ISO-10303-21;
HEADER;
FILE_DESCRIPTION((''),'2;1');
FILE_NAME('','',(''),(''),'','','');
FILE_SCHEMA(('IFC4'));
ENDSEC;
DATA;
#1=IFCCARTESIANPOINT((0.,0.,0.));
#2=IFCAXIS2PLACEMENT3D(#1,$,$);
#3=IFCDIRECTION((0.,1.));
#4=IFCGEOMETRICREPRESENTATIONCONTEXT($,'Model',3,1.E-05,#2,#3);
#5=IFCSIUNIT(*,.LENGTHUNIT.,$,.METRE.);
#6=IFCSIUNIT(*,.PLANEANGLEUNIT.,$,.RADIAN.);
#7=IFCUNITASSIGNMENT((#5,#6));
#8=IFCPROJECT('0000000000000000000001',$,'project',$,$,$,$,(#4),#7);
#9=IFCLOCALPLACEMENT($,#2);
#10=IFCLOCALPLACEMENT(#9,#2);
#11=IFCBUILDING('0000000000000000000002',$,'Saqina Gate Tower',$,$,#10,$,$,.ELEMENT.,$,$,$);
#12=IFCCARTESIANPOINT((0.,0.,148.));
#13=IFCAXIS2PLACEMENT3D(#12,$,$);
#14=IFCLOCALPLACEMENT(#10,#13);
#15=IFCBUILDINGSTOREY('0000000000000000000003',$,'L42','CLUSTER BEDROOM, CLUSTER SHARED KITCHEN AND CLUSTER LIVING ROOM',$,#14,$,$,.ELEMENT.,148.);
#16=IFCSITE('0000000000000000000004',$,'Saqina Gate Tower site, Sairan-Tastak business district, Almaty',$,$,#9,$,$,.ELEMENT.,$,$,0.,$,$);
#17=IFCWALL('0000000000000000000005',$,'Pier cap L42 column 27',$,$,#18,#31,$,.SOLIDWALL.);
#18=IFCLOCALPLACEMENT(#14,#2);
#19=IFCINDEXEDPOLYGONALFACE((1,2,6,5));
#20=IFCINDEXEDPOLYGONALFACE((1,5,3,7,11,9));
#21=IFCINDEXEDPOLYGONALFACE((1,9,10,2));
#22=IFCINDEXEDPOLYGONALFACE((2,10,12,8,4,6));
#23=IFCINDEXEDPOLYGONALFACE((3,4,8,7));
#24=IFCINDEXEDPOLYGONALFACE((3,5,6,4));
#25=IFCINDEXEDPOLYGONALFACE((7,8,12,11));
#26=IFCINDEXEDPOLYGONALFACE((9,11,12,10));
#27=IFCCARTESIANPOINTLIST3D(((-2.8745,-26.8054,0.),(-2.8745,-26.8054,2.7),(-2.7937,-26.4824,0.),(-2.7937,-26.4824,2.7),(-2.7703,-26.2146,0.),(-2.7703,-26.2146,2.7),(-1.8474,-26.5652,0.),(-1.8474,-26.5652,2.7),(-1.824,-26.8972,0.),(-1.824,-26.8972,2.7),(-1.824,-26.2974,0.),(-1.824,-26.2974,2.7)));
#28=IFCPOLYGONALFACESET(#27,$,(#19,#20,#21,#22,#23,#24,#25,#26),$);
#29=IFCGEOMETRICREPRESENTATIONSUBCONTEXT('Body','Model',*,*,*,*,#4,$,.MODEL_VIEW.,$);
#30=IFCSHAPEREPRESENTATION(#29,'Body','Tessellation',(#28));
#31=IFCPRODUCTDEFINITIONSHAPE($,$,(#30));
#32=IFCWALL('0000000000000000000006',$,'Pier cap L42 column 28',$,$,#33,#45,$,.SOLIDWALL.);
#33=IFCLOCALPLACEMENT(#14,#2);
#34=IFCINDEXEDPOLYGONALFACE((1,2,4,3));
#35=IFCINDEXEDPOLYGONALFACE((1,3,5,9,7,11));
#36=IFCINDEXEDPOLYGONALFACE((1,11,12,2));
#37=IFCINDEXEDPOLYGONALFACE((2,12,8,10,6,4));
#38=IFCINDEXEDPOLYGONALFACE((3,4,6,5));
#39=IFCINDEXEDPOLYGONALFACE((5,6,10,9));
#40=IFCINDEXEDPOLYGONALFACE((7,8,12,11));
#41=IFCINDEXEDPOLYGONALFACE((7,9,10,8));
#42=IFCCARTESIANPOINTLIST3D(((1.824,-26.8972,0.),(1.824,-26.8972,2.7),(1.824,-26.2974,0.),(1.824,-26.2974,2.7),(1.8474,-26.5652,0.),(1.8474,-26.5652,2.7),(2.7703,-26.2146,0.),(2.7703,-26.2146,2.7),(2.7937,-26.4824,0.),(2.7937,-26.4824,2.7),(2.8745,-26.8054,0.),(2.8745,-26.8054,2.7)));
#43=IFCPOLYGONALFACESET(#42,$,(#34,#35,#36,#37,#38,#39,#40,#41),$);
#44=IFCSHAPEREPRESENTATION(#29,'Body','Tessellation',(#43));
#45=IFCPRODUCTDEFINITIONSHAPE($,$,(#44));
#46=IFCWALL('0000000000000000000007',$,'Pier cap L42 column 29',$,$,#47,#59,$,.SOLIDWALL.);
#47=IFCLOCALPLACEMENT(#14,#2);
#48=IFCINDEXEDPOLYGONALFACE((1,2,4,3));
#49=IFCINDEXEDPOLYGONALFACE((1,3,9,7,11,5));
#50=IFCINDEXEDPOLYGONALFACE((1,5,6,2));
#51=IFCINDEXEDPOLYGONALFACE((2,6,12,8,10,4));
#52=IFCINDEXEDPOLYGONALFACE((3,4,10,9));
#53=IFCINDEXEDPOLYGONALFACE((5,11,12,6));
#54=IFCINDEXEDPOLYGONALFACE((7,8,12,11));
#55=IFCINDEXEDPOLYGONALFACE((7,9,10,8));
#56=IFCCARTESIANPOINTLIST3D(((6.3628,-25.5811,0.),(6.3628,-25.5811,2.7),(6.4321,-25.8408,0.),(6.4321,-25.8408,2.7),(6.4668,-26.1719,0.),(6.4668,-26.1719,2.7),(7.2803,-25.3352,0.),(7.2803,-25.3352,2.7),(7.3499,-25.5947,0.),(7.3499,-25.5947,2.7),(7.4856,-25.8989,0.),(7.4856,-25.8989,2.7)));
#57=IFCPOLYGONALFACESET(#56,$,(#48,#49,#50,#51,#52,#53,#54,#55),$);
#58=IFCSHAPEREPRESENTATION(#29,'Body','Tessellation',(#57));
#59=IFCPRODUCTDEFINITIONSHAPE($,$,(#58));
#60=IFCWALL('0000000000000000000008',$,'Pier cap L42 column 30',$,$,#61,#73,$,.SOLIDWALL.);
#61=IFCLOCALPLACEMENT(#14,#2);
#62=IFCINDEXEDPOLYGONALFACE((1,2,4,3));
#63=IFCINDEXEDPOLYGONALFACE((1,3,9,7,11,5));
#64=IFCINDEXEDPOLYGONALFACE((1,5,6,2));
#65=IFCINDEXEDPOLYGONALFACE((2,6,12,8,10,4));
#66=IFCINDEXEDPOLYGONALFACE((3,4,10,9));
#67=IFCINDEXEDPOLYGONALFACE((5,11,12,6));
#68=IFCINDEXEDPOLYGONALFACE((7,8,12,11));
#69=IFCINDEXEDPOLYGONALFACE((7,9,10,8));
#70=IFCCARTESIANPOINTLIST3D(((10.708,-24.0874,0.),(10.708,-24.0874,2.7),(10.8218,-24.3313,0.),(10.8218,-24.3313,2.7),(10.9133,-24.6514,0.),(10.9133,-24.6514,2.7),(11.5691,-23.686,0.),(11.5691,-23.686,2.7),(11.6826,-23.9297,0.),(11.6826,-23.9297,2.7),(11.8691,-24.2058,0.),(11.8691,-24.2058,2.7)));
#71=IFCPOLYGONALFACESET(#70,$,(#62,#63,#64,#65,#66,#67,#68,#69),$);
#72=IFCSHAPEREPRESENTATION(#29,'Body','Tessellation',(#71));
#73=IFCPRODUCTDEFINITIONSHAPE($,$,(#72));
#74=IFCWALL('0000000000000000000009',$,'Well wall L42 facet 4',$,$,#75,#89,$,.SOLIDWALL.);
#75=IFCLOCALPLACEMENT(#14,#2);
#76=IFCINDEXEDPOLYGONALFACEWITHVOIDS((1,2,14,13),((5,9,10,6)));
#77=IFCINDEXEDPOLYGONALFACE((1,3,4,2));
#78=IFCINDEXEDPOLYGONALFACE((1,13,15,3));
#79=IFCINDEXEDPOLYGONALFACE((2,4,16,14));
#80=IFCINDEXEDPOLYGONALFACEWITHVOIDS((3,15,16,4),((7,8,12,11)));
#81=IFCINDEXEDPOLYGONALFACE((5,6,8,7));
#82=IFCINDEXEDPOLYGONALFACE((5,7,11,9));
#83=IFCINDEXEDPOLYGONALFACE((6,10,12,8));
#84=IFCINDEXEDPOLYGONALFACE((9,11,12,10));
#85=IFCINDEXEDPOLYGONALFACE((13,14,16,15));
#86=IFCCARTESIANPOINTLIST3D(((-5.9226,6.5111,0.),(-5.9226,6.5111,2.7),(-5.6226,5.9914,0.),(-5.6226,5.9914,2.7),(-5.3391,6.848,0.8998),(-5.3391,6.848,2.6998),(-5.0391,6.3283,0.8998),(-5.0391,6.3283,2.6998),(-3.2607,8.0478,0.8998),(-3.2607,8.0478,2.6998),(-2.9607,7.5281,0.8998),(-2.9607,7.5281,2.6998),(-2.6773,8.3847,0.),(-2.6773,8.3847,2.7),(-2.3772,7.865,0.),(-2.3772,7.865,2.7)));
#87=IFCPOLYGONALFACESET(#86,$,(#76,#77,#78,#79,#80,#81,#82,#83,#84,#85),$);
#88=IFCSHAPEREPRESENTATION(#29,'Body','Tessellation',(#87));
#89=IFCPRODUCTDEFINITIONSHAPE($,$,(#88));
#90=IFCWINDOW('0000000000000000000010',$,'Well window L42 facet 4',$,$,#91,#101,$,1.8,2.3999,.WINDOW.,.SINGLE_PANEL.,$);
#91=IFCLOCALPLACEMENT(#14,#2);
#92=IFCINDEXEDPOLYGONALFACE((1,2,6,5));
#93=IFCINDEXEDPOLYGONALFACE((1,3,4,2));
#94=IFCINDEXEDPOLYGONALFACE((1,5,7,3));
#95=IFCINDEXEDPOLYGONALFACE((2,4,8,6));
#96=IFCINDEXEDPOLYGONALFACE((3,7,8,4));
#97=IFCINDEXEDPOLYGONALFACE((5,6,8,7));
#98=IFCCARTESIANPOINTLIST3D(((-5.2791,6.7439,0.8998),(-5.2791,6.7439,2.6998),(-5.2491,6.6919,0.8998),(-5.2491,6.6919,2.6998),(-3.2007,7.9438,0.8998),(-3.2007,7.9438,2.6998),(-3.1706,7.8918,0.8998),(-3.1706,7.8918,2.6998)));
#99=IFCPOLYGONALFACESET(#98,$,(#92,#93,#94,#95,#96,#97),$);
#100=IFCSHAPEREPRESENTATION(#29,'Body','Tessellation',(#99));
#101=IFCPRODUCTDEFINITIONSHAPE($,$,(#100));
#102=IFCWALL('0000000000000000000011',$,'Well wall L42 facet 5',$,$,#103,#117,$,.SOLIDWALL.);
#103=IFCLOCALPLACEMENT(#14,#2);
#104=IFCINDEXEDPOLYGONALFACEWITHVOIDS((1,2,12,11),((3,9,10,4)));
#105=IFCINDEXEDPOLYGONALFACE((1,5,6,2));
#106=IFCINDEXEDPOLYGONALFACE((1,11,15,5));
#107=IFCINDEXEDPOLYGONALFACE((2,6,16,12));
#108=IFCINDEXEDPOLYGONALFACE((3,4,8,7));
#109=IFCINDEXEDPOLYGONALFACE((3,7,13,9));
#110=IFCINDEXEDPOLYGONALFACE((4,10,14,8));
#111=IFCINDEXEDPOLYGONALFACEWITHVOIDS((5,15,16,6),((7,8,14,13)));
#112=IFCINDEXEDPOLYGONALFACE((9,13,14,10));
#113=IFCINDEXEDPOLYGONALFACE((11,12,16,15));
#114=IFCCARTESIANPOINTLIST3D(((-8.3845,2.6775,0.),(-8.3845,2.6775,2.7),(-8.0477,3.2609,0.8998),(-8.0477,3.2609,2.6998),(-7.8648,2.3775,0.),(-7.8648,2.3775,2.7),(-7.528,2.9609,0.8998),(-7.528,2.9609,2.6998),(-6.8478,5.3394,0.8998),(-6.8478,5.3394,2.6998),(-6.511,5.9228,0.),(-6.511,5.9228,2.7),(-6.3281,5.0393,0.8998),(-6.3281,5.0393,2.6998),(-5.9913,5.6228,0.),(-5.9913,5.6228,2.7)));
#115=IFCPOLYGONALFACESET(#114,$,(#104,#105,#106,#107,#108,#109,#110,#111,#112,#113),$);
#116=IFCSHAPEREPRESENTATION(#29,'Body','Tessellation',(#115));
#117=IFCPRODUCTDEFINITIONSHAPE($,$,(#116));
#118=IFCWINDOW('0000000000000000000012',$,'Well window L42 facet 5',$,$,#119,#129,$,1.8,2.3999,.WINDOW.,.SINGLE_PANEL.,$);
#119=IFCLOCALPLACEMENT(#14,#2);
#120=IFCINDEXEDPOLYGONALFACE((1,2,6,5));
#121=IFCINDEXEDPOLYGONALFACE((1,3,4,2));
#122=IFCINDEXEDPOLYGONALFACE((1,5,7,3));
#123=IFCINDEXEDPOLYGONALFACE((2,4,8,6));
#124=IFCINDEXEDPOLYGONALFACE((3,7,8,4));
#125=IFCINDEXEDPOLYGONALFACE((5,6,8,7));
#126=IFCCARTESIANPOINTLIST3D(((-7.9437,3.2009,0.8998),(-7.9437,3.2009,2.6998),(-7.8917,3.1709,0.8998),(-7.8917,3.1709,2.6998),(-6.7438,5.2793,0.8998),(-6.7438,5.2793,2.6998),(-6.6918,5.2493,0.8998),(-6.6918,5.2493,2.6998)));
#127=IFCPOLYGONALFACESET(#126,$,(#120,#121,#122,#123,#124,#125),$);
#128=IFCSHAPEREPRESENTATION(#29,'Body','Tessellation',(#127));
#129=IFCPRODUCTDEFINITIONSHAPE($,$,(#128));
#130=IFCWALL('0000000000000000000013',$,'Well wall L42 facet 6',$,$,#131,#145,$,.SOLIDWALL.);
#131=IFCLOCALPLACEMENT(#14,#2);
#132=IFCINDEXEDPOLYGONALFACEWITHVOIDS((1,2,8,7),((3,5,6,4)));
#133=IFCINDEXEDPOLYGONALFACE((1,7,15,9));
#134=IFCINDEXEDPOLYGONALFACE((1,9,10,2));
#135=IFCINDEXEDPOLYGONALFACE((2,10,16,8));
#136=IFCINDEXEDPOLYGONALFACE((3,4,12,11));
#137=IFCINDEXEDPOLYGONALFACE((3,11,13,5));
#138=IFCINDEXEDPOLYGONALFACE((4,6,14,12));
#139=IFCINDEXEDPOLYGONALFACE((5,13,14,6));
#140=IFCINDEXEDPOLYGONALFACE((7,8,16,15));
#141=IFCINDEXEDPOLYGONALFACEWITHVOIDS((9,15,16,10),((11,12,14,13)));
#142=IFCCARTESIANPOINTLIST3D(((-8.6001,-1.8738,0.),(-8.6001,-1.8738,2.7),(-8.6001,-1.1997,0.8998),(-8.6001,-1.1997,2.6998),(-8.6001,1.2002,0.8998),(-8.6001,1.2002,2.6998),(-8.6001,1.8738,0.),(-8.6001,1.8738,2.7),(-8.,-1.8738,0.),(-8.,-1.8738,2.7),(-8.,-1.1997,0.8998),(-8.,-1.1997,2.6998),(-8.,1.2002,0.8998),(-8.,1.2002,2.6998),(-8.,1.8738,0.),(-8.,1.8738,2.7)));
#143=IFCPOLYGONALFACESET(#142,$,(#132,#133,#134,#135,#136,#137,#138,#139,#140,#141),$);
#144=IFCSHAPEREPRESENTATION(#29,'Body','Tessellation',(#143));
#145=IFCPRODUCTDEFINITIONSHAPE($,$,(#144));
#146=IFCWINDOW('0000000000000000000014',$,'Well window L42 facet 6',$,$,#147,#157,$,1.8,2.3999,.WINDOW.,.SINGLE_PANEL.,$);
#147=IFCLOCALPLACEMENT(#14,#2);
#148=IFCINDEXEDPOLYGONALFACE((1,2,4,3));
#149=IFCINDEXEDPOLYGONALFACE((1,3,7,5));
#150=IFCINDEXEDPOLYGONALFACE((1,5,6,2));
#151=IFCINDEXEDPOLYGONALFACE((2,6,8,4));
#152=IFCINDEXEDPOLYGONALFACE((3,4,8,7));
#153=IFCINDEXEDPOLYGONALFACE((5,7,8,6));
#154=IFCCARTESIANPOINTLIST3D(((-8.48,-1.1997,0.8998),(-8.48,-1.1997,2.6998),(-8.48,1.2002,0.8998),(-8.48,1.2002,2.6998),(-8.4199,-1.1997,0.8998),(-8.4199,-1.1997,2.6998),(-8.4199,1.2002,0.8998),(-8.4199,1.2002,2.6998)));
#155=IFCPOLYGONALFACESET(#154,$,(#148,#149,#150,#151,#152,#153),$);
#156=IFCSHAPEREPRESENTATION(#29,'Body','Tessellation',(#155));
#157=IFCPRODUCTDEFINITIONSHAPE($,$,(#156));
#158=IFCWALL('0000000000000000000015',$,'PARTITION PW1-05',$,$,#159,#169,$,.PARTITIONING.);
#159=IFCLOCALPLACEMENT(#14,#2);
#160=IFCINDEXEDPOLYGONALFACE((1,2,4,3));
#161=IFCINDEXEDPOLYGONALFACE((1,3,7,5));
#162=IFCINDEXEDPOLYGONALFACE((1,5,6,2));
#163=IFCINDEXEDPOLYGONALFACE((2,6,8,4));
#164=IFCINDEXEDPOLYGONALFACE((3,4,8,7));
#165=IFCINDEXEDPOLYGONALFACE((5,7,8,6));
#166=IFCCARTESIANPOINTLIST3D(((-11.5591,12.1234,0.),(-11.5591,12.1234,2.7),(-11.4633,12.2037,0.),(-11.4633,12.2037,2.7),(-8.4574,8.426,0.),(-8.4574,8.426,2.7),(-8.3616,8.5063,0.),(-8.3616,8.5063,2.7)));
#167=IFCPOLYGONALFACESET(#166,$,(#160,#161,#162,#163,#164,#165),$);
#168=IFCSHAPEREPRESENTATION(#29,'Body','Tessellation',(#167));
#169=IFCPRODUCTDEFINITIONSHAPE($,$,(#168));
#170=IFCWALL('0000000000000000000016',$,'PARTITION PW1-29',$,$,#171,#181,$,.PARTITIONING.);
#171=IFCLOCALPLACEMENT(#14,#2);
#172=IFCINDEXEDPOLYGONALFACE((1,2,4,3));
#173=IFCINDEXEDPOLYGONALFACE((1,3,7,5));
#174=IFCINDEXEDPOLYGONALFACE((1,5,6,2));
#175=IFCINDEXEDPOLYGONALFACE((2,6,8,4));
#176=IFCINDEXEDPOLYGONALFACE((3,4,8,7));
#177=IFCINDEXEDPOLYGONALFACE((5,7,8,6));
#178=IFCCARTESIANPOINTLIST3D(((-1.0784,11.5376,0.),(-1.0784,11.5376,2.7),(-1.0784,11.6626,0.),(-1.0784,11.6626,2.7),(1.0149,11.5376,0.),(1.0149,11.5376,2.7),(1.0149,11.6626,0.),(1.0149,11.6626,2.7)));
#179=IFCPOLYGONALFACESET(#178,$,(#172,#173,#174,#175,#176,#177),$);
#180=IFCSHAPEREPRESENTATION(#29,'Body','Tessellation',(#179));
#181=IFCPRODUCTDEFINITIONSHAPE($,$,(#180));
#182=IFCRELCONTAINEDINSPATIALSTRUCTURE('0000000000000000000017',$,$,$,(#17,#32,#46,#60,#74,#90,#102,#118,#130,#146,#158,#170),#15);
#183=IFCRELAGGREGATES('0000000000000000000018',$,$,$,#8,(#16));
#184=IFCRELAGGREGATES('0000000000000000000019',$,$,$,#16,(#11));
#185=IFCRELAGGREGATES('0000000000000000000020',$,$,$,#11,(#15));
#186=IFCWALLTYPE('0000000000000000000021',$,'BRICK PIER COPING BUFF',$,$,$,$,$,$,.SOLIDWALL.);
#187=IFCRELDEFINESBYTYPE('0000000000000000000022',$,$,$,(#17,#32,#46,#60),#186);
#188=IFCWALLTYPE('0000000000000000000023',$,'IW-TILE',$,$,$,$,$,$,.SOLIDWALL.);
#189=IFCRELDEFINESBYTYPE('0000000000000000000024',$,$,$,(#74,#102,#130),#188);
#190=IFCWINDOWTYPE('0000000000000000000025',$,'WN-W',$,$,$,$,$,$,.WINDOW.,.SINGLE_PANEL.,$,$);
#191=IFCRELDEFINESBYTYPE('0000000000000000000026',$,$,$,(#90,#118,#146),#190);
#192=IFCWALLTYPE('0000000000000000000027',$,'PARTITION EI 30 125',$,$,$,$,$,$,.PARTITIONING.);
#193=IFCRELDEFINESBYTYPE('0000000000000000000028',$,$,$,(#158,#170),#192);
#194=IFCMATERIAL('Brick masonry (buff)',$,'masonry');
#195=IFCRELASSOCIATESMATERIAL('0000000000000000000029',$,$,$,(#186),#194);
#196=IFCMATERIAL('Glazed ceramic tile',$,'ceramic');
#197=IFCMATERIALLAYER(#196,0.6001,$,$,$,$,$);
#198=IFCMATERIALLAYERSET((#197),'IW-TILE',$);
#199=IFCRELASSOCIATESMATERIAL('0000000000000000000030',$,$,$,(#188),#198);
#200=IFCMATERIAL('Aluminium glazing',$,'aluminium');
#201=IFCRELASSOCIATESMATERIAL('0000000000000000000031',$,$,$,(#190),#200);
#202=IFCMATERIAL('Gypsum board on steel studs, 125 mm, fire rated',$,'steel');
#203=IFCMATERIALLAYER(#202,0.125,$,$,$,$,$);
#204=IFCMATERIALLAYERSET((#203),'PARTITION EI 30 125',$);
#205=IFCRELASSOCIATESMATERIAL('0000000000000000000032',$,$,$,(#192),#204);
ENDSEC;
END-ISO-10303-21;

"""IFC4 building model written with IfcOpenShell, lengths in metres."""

from ifc_helpers import new_model, si_unit, direction, frame, frame_2d, origin, place, context, subcontext, project, spatial, polyline, rectangle, outline, extrude, material, layer, layer_set, type_object, element, fill, save


model = new_model("IFC4")

# Units and contexts
model_context = context("Model", 3, precision=1e-05, world=origin(), true_north=direction((0.0, 1.0)))
body_context = subcontext(model_context, "Body", "Model", "MODEL_VIEW")
ifc_project = project(units=[si_unit("LENGTHUNIT", "METRE"), si_unit("PLANEANGLEUNIT", "RADIAN")], contexts=[model_context])

# Site, building, storey
site_placement = place(None, origin())
site = spatial("IfcSite", under=ifc_project, at=site_placement, Name="Saqina Gate Tower site, Sairan-Tastak business district, Almaty", CompositionType="ELEMENT", RefElevation=0.0)
building_placement = place(site_placement, origin())
building = spatial("IfcBuilding", under=site, at=building_placement, Name="Saqina Gate Tower", CompositionType="ELEMENT")
storey_placement = place(building_placement, frame((0.0, 0.0, 148.0)))
storey = spatial("IfcBuildingStorey", under=building, at=storey_placement, Name="L42", Description="CLUSTER BEDROOM, CLUSTER SHARED KITCHEN AND CLUSTER LIVING ROOM", CompositionType="ELEMENT", Elevation=148.0)

# Walls
ifc_material_1 = material(Name="Brick masonry (buff)", Category="masonry")
wall_type_1 = type_object("IfcWallType", Name="BRICK PIER COPING BUFF", PredefinedType="SOLIDWALL", material=ifc_material_1)
wall_1_placement = place(storey_placement, origin())
element("IfcWall", 1, at=wall_1_placement, inside=storey, type_object=wall_type_1, Name="Pier cap L42 column 27", PredefinedType="SOLIDWALL", context=body_context, shape_type="SweptSolid", body=[
    extrude(outline(polyline([(-2.8745, -26.8054), (-1.824, -26.8972), (-1.824, -26.2974), (-1.8474, -26.5652), (-2.7937, -26.4824), (-2.7703, -26.2146), (-2.8745, -26.8054)])), origin(), (0.0, 0.0, 1.0), 2.7),
])
wall_2_placement = place(storey_placement, origin())
element("IfcWall", 2, at=wall_2_placement, inside=storey, type_object=wall_type_1, Name="Pier cap L42 column 28", PredefinedType="SOLIDWALL", context=body_context, shape_type="SweptSolid", body=[
    extrude(outline(polyline([(2.8745, -26.8054), (2.7703, -26.2146), (2.7937, -26.4824), (1.8474, -26.5652), (1.824, -26.2974), (1.824, -26.8972), (2.8745, -26.8054)])), origin(), (0.0, 0.0, 1.0), 2.7),
])
wall_3_placement = place(storey_placement, origin())
element("IfcWall", 3, at=wall_3_placement, inside=storey, type_object=wall_type_1, Name="Pier cap L42 column 29", PredefinedType="SOLIDWALL", context=body_context, shape_type="SweptSolid", body=[
    extrude(outline(polyline([(6.4668, -26.1719), (7.4856, -25.8989), (7.2803, -25.3352), (7.3499, -25.5947), (6.4321, -25.8408), (6.3628, -25.5811), (6.4668, -26.1719)])), origin(), (0.0, 0.0, 1.0), 2.7),
])
wall_4_placement = place(storey_placement, origin())
element("IfcWall", 4, at=wall_4_placement, inside=storey, type_object=wall_type_1, Name="Pier cap L42 column 30", PredefinedType="SOLIDWALL", context=body_context, shape_type="SweptSolid", body=[
    extrude(outline(polyline([(10.9133, -24.6514), (11.8691, -24.2058), (11.5691, -23.686), (11.6826, -23.9297), (10.8218, -24.3313), (10.708, -24.0874), (10.9133, -24.6514)])), origin(), (0.0, 0.0, 1.0), 2.7),
])

# Walls, openings, windows
ifc_material_2 = material(Name="Glazed ceramic tile", Category="ceramic")
ifc_layer_1 = layer(ifc_material_2, 0.6001)
ifc_layer_set_1 = layer_set([ifc_layer_1], Name="IW-TILE")
wall_type_2 = type_object("IfcWallType", Name="IW-TILE", PredefinedType="SOLIDWALL", material=ifc_layer_set_1)
wall_5_placement = place(storey_placement, frame((-2.5273, 8.1248, 0.0), z_axis=(0.0, 0.0, 1.0), x_axis=(-0.866046, -0.499965, 0.0)))
wall_5 = element("IfcWall", 5, at=wall_5_placement, inside=storey, type_object=wall_type_2, Name="Well wall L42 facet 4", PredefinedType="SOLIDWALL", context=body_context, shape_type="SweptSolid", body=[
    extrude(rectangle(XDim=3.7473, YDim=0.6001, at=frame_2d((1.8735, 0.0))), origin(), (0.0, 0.0, 1.0), 2.7),
])
opening_1_placement = place(wall_5_placement, frame((0.6736, 0.0, 0.8999)))
opening_1 = element("IfcOpeningElement", 6, at=opening_1_placement, cuts=wall_5, PredefinedType="OPENING", context=body_context, shape_type="SweptSolid", body=[
    extrude(rectangle(XDim=2.3999, YDim=1.8, at=frame_2d((1.2, 0.8999))), frame((0.0, 0.312, 0.0), z_axis=(0.0, -1.0, 0.0), x_axis=(1.0, 0.0, 0.0)), (0.0, 0.0, 1.0), 0.624),
])
ifc_material_3 = material(Name="Aluminium glazing", Category="aluminium")
window_type = type_object("IfcWindowType", Name="WN-W", PartitioningType="SINGLE_PANEL", PredefinedType="WINDOW", material=ifc_material_3)
window_1_placement = place(opening_1_placement, origin())
window_1 = element("IfcWindow", 7, at=window_1_placement, inside=storey, type_object=window_type, Name="Well window L42 facet 4", OverallHeight=1.8, OverallWidth=2.3999, PartitioningType="SINGLE_PANEL", PredefinedType="WINDOW", context=body_context, shape_type="SweptSolid", body=[
    extrude(rectangle(XDim=2.3999, YDim=1.8, at=frame_2d((1.2, 0.8999))), frame((0.0, -0.1199, 0.0), z_axis=(0.0, -1.0, 0.0), x_axis=(1.0, 0.0, 0.0)), (0.0, 0.0, 1.0), 0.0601),
])
fill(opening_1, window_1)
wall_6_placement = place(storey_placement, frame((-6.2512, 5.7727, 0.0), z_axis=(0.0, 0.0, 1.0), x_axis=(-0.499965, -0.866046, 0.0)))
wall_6 = element("IfcWall", 8, at=wall_6_placement, inside=storey, type_object=wall_type_2, Name="Well wall L42 facet 5", PredefinedType="SOLIDWALL", context=body_context, shape_type="SweptSolid", body=[
    extrude(rectangle(XDim=3.7473, YDim=0.6001, at=frame_2d((1.8735, 0.0))), origin(), (0.0, 0.0, 1.0), 2.7),
])
opening_2_placement = place(wall_6_placement, frame((0.6736, 0.0, 0.8999)))
opening_2 = element("IfcOpeningElement", 9, at=opening_2_placement, cuts=wall_6, PredefinedType="OPENING", context=body_context, shape_type="SweptSolid", body=[
    extrude(rectangle(XDim=2.3999, YDim=1.8, at=frame_2d((1.2, 0.8999))), frame((0.0, 0.312, 0.0), z_axis=(0.0, -1.0, 0.0), x_axis=(1.0, 0.0, 0.0)), (0.0, 0.0, 1.0), 0.624),
])
window_2_placement = place(opening_2_placement, origin())
window_2 = element("IfcWindow", 10, at=window_2_placement, inside=storey, type_object=window_type, Name="Well window L42 facet 5", OverallHeight=1.8, OverallWidth=2.3999, PartitioningType="SINGLE_PANEL", PredefinedType="WINDOW", context=body_context, shape_type="SweptSolid", body=[
    extrude(rectangle(XDim=2.3999, YDim=1.8, at=frame_2d((1.2, 0.8999))), frame((0.0, -0.1199, 0.0), z_axis=(0.0, -1.0, 0.0), x_axis=(1.0, 0.0, 0.0)), (0.0, 0.0, 1.0), 0.0601),
])
fill(opening_2, window_2)
wall_7_placement = place(storey_placement, frame((-8.3, 1.8738, 0.0), z_axis=(0.0, 0.0, 1.0), x_axis=(0.0, -1.0, 0.0)))
wall_7 = element("IfcWall", 11, at=wall_7_placement, inside=storey, type_object=wall_type_2, Name="Well wall L42 facet 6", PredefinedType="SOLIDWALL", context=body_context, shape_type="SweptSolid", body=[
    extrude(rectangle(XDim=3.7476, YDim=0.6001, at=frame_2d((1.8738, 0.0))), origin(), (0.0, 0.0, 1.0), 2.7),
])
opening_3_placement = place(wall_7_placement, frame((0.6736, 0.0, 0.8999)))
opening_3 = element("IfcOpeningElement", 12, at=opening_3_placement, cuts=wall_7, PredefinedType="OPENING", context=body_context, shape_type="SweptSolid", body=[
    extrude(rectangle(XDim=2.3999, YDim=1.8, at=frame_2d((1.2, 0.8999))), frame((0.0, 0.312, 0.0), z_axis=(0.0, -1.0, 0.0), x_axis=(1.0, 0.0, 0.0)), (0.0, 0.0, 1.0), 0.624),
])
window_3_placement = place(opening_3_placement, origin())
window_3 = element("IfcWindow", 13, at=window_3_placement, inside=storey, type_object=window_type, Name="Well window L42 facet 6", OverallHeight=1.8, OverallWidth=2.3999, PartitioningType="SINGLE_PANEL", PredefinedType="WINDOW", context=body_context, shape_type="SweptSolid", body=[
    extrude(rectangle(XDim=2.3999, YDim=1.8, at=frame_2d((1.2, 0.8999))), frame((0.0, -0.1199, 0.0), z_axis=(0.0, -1.0, 0.0), x_axis=(1.0, 0.0, 0.0)), (0.0, 0.0, 1.0), 0.0601),
])
fill(opening_3, window_3)

# Walls
ifc_material_4 = material(Name="Gypsum board on steel studs, 125 mm, fire rated", Category="steel")
ifc_layer_2 = layer(ifc_material_4, 0.125)
ifc_layer_set_2 = layer_set([ifc_layer_2], Name="PARTITION EI 30 125")
wall_type_3 = type_object("IfcWallType", Name="PARTITION EI 30 125", PredefinedType="PARTITIONING", material=ifc_layer_set_2)
wall_8_placement = place(storey_placement, frame((-11.5112, 12.1636, 0.0), z_axis=(0.0, 0.0, 1.0), x_axis=(0.642694, -0.766123, 0.0)))
element("IfcWall", 14, at=wall_8_placement, inside=storey, type_object=wall_type_3, Name="PARTITION PW1-05", PredefinedType="PARTITIONING", context=body_context, shape_type="SweptSolid", body=[
    extrude(rectangle(XDim=4.8262, YDim=0.125, at=frame_2d((2.4131, 0.0))), origin(), (0.0, 0.0, 1.0), 2.7),
])
wall_9_placement = place(storey_placement, frame((-1.0784, 11.6001, 0.0), z_axis=(0.0, 0.0, 1.0), x_axis=(1.0, 0.0, 0.0)))
element("IfcWall", 15, at=wall_9_placement, inside=storey, type_object=wall_type_3, Name="PARTITION PW1-29", PredefinedType="PARTITIONING", context=body_context, shape_type="SweptSolid", body=[
    extrude(rectangle(XDim=2.0933, YDim=0.125, at=frame_2d((1.0466, 0.0))), origin(), (0.0, 0.0, 1.0), 2.7),
])

save(model, "model.ifc")
